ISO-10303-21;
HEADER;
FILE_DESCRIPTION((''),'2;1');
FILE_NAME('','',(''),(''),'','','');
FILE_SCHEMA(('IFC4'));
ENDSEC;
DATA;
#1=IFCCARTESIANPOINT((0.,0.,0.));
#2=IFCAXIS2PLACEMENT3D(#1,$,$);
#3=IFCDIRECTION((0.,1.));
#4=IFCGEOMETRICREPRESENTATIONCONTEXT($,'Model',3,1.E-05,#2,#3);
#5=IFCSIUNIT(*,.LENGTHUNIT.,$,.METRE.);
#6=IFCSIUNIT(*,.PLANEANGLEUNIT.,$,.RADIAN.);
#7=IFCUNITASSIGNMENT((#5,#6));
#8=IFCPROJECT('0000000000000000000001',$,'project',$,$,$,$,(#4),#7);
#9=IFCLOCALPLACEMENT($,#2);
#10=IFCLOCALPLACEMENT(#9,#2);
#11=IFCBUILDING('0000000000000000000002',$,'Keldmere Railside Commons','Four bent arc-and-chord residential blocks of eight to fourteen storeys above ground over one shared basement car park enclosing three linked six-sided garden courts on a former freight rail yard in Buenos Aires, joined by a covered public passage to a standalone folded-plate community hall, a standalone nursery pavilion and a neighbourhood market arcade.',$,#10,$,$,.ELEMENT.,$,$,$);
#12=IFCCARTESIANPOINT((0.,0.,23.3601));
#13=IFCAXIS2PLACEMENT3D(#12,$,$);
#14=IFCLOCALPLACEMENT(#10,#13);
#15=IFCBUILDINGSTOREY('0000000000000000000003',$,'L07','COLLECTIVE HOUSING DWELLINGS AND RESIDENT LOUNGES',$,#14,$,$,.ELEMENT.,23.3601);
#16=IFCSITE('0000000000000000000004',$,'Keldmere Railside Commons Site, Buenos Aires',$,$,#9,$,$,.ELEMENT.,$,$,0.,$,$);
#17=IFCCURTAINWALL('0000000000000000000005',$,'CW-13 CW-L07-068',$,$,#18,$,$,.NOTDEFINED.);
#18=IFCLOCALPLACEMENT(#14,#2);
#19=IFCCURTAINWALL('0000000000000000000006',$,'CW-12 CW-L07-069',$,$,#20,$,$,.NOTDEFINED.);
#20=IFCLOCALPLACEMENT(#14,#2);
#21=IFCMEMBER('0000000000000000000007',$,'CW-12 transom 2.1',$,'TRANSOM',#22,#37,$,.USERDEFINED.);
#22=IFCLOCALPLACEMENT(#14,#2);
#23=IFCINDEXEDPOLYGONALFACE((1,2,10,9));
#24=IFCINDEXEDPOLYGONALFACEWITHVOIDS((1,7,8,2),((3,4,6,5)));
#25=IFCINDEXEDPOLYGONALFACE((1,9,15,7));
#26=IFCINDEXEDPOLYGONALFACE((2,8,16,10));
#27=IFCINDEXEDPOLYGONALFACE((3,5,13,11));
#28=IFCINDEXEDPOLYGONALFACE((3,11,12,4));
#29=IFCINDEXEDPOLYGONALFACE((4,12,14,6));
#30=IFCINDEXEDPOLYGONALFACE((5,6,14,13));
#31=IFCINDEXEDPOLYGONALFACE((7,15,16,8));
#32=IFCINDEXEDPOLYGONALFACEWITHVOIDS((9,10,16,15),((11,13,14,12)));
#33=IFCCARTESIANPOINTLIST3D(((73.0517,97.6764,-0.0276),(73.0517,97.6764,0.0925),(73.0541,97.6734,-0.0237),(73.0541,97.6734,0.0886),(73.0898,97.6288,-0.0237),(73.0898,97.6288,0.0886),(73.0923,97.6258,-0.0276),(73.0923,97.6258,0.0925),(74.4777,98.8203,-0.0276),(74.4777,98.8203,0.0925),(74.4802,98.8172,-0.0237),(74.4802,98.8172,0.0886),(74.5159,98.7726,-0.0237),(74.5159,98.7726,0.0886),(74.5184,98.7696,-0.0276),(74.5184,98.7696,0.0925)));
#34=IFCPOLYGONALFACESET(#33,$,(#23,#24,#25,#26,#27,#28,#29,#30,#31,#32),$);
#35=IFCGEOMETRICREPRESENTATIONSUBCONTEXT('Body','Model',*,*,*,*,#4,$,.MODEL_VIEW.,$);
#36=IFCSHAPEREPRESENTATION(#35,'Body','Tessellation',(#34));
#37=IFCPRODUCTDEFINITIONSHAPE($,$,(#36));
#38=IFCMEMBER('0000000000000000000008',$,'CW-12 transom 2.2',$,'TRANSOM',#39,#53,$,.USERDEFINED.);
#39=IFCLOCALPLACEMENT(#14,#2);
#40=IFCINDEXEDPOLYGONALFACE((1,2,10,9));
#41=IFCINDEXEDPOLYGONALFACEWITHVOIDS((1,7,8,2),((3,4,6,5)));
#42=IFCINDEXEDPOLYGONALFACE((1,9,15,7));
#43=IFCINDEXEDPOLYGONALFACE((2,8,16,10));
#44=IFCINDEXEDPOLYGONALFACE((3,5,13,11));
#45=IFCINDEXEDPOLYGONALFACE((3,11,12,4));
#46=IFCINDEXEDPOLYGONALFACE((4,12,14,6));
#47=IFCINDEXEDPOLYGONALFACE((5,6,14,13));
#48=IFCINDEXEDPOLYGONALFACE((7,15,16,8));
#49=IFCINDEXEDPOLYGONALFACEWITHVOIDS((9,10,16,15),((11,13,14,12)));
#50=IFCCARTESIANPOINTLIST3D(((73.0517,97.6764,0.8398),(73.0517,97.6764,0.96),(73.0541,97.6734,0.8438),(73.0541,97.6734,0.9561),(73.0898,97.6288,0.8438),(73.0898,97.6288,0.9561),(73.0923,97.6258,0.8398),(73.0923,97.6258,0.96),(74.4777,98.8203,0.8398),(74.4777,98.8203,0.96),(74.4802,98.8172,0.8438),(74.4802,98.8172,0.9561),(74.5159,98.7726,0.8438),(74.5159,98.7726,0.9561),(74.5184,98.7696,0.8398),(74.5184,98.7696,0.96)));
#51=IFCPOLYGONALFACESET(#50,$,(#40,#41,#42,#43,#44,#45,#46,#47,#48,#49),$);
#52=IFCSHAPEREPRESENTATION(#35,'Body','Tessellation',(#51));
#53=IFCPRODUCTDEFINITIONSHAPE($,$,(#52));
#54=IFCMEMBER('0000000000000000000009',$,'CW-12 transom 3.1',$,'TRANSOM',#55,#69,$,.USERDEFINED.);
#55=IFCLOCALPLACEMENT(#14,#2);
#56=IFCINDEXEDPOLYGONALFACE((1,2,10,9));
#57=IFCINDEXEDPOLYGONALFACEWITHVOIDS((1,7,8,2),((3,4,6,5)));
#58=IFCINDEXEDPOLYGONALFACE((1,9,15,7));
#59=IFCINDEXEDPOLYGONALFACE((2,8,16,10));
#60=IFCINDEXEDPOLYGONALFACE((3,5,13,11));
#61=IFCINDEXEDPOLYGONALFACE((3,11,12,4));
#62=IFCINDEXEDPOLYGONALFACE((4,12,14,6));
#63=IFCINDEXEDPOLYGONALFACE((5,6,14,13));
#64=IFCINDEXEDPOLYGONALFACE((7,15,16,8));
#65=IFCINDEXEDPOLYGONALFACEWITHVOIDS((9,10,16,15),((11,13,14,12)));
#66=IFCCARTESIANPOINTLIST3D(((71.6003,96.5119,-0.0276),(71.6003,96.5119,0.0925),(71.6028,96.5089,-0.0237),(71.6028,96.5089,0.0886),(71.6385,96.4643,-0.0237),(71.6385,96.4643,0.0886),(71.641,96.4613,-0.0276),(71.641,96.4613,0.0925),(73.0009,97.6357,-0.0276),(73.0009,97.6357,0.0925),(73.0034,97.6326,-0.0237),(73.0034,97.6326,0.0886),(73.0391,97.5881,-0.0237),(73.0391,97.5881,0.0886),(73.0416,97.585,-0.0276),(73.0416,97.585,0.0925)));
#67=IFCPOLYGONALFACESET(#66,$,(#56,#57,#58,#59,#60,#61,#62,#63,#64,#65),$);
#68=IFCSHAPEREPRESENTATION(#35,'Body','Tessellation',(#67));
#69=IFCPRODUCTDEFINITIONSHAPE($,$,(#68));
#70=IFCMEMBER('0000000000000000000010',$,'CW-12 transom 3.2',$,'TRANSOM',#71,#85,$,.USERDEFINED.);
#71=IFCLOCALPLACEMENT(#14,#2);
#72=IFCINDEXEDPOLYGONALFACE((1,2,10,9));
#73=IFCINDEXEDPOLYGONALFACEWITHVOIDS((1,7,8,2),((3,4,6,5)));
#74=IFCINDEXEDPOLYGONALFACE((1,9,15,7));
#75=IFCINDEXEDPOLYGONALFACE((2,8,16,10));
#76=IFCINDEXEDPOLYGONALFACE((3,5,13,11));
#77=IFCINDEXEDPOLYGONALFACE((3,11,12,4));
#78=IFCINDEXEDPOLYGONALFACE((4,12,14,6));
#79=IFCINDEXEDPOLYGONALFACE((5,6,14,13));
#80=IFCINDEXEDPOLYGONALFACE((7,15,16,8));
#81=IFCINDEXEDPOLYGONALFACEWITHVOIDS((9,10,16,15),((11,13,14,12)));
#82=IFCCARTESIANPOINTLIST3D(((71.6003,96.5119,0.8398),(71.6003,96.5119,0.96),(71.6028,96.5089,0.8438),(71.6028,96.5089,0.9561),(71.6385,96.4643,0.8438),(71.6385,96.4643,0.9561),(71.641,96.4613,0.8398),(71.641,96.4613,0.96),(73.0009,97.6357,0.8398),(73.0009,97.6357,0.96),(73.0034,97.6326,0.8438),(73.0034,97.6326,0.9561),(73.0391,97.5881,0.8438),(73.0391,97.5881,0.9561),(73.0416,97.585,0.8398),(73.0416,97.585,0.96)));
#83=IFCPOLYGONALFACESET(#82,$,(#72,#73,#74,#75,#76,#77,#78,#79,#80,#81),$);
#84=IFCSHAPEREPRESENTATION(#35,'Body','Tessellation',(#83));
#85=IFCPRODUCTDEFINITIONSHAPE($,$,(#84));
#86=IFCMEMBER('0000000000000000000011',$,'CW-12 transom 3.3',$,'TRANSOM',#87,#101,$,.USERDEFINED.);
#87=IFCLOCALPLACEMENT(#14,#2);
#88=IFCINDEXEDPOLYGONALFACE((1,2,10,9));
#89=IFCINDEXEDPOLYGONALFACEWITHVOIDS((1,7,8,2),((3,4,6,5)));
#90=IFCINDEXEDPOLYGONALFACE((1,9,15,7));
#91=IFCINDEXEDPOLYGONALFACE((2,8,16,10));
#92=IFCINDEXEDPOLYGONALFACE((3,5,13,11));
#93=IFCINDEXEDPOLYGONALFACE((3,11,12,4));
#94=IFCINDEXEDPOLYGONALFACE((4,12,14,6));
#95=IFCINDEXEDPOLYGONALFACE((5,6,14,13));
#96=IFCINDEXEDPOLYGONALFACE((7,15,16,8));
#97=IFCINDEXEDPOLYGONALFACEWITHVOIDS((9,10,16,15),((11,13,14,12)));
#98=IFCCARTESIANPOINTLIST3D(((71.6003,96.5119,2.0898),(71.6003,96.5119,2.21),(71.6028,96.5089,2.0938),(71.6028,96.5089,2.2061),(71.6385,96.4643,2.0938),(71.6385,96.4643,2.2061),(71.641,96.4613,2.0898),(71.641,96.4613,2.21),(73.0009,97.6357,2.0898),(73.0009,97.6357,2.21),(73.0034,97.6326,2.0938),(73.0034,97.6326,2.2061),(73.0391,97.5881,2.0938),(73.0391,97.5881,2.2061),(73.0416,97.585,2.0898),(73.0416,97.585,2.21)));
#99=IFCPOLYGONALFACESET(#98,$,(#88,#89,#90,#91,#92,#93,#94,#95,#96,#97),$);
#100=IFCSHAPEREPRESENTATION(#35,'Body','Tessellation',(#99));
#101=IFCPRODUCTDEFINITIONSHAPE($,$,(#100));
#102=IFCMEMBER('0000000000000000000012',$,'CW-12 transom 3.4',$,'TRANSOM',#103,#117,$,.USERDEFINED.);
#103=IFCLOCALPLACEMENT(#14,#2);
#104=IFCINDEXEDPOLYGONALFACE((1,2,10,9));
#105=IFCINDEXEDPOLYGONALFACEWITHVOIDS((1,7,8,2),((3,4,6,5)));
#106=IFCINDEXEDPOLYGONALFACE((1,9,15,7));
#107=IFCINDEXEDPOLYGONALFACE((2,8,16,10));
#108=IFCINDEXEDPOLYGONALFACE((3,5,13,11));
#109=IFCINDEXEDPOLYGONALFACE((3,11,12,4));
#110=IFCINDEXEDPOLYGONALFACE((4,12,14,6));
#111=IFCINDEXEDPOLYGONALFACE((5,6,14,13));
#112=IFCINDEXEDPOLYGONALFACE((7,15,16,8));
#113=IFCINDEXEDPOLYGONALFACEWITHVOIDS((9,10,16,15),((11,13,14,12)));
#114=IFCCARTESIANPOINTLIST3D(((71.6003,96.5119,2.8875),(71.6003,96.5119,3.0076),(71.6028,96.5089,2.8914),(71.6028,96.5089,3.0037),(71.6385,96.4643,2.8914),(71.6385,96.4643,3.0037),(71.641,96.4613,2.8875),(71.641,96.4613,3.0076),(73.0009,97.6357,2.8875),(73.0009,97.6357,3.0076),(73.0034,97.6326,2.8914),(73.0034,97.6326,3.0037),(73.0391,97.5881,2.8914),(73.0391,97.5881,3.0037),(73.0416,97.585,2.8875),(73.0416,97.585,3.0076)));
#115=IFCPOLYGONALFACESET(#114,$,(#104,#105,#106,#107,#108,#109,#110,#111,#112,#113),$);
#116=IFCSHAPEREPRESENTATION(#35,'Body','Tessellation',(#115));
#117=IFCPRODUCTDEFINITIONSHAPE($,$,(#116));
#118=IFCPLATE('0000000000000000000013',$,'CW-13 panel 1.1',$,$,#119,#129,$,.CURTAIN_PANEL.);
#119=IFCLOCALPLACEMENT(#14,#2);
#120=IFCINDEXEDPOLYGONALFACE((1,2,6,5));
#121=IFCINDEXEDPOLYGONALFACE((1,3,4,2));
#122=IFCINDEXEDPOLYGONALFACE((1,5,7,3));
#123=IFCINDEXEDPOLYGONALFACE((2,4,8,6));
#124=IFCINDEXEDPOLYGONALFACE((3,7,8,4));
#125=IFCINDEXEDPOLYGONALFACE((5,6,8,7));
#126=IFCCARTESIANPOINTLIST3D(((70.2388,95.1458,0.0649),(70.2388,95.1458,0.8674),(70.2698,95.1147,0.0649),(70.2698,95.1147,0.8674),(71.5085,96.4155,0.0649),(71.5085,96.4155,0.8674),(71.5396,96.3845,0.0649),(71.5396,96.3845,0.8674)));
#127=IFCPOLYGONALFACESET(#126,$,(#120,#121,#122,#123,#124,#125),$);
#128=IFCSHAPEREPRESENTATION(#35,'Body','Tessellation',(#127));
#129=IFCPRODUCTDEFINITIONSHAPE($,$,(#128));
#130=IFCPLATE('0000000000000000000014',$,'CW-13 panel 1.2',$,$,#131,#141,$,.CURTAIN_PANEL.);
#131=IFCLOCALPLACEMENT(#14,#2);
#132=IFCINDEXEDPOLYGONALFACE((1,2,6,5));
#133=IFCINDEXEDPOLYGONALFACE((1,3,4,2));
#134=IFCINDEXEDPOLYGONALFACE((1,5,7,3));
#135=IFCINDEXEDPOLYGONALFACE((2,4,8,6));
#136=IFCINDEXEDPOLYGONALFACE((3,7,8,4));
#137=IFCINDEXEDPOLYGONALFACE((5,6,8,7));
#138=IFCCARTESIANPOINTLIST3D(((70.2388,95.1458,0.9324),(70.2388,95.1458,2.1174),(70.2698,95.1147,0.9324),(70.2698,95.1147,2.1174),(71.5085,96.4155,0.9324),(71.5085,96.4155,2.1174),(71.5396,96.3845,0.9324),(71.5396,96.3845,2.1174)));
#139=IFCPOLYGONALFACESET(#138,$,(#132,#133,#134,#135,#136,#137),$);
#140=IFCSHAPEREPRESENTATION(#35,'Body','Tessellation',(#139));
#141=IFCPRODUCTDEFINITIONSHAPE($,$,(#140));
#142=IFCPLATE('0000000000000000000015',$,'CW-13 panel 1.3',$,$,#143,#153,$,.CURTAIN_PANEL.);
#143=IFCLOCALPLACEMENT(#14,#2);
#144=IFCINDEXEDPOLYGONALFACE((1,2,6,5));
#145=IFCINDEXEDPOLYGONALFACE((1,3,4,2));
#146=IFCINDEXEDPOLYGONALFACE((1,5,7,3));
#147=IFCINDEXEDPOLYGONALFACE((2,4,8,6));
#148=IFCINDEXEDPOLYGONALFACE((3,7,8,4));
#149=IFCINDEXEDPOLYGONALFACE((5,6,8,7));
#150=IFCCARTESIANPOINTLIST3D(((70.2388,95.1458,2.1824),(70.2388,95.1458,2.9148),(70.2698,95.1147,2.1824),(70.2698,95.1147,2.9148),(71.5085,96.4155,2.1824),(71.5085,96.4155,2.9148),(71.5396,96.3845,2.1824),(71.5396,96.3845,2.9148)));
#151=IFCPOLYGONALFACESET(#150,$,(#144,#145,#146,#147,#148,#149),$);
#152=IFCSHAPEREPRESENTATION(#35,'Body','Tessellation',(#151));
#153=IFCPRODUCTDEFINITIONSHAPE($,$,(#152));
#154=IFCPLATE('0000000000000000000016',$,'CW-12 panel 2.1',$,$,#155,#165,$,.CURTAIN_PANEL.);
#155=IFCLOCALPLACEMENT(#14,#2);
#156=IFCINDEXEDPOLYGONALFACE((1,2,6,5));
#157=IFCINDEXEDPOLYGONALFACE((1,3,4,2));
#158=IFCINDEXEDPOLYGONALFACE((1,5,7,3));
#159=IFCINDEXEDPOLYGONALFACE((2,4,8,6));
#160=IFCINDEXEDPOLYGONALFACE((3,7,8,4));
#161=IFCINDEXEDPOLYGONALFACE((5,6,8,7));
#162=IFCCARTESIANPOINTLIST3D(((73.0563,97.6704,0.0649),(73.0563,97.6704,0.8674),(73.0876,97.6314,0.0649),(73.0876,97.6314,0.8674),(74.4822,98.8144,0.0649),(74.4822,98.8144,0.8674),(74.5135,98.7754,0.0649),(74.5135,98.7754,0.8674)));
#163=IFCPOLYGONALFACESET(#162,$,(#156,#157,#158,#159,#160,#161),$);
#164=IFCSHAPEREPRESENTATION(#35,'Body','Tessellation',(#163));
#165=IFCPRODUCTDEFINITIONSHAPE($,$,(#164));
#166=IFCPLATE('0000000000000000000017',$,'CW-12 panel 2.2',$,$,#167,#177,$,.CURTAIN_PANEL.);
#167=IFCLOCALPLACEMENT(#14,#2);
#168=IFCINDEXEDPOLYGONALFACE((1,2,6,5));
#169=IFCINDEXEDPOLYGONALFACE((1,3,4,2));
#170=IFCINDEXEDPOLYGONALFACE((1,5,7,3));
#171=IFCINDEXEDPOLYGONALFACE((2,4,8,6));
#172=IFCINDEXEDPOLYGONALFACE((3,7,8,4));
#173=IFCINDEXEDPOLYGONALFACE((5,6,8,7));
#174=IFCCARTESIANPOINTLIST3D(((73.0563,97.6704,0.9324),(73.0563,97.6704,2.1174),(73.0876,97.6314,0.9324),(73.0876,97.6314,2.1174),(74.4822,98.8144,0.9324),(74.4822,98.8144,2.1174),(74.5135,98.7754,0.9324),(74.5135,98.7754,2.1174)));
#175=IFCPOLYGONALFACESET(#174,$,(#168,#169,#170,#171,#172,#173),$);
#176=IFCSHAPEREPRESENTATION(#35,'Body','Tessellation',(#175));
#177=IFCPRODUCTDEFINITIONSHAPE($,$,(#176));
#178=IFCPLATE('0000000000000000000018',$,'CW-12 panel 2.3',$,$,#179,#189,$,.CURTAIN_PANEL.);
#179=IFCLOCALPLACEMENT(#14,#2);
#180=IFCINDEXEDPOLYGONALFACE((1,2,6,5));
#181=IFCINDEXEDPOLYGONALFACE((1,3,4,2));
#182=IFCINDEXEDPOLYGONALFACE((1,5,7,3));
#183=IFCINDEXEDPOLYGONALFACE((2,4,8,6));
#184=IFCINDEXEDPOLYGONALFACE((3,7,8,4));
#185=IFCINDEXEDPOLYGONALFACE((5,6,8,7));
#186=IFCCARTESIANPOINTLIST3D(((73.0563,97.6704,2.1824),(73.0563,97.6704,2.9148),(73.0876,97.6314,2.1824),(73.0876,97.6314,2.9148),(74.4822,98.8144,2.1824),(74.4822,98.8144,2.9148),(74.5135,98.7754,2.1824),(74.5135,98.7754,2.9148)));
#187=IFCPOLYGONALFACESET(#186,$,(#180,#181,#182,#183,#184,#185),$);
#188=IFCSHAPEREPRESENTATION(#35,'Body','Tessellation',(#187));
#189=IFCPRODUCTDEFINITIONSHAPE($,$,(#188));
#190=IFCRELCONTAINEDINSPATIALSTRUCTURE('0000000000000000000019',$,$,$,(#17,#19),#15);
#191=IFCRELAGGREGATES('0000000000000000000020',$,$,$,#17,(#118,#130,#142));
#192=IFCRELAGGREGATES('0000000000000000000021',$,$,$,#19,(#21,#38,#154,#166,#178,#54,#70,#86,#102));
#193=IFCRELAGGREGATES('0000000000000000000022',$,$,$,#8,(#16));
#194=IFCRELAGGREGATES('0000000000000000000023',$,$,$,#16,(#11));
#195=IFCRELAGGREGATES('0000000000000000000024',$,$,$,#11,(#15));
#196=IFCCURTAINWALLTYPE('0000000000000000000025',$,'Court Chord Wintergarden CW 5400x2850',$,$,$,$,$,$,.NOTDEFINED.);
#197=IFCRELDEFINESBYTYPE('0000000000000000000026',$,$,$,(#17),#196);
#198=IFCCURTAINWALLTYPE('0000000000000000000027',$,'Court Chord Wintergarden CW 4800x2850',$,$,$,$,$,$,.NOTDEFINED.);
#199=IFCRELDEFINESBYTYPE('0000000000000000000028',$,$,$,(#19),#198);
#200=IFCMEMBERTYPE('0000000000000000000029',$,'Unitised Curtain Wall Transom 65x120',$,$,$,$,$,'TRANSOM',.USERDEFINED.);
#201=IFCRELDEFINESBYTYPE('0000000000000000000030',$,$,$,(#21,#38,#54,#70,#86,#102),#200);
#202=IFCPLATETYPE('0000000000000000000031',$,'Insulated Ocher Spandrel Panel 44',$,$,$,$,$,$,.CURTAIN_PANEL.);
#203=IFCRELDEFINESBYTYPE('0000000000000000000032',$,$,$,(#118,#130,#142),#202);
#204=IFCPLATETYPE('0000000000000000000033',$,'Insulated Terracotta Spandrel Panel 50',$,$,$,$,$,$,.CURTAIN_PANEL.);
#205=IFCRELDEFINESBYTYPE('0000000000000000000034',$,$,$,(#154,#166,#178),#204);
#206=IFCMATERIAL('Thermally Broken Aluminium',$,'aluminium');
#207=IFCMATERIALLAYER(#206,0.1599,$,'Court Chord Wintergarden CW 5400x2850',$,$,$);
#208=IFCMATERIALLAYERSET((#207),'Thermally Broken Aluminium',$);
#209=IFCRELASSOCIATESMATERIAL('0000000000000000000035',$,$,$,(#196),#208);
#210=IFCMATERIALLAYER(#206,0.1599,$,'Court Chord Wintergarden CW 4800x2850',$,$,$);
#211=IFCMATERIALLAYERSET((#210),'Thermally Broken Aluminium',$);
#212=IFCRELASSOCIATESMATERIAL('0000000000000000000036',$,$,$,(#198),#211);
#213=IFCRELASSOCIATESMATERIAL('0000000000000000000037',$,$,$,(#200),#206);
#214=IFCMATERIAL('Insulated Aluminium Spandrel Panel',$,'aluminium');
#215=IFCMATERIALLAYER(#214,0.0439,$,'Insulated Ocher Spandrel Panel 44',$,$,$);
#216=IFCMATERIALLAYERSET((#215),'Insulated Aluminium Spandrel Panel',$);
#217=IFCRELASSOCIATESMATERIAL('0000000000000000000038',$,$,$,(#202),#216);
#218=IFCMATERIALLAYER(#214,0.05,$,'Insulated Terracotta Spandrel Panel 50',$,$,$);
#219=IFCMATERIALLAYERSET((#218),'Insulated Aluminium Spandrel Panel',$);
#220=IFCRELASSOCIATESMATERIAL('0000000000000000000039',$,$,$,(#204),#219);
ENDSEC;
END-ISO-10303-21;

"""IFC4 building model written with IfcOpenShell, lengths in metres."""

from ifc_helpers import new_model, si_unit, direction, frame, origin, origin_2d, place, context, subcontext, project, spatial, rectangle, hollow_rectangle, extrude, material, layer, layer_set, material_profile, profile_set, type_object, element, aggregate, save


model = new_model("IFC4")

# Units and contexts
model_context = context("Model", 3, precision=1e-05, world=origin(), true_north=direction((0.0, 1.0)))
body_context = subcontext(model_context, "Body", "Model", "MODEL_VIEW")
ifc_project = project(units=[si_unit("LENGTHUNIT", "METRE"), si_unit("PLANEANGLEUNIT", "RADIAN")], contexts=[model_context])

# Site, building, storey
site_placement = place(None, origin())
site = spatial("IfcSite", under=ifc_project, at=site_placement, Name="Keldmere Railside Commons Site, Buenos Aires", CompositionType="ELEMENT", RefElevation=0.0)
building_placement = place(site_placement, origin())
building = spatial("IfcBuilding", under=site, at=building_placement, Name="Keldmere Railside Commons", Description="Four bent arc-and-chord residential blocks of eight to fourteen storeys above ground over one shared basement car park enclosing three linked six-sided garden courts on a former freight rail yard in Buenos Aires, joined by a covered public passage to a standalone folded-plate community hall, a standalone nursery pavilion and a neighbourhood market arcade.", CompositionType="ELEMENT")
storey_placement = place(building_placement, frame((0.0, 0.0, 23.3601)))
storey = spatial("IfcBuildingStorey", under=building, at=storey_placement, Name="L07", Description="COLLECTIVE HOUSING DWELLINGS AND RESIDENT LOUNGES", CompositionType="ELEMENT", Elevation=23.3601)

# Curtain walls
ifc_material_1 = material(Name="Thermally Broken Aluminium", Category="aluminium")
ifc_layer_1 = layer(ifc_material_1, 0.1599, Name="Court Chord Wintergarden CW 5400x2850")
ifc_layer_set_1 = layer_set([ifc_layer_1], Name="Thermally Broken Aluminium")
curtain_wall_type_1 = type_object("IfcCurtainWallType", Name="Court Chord Wintergarden CW 5400x2850", PredefinedType="NOTDEFINED", material=ifc_layer_set_1)
curtain_wall_1_placement = place(storey_placement, origin())
curtain_wall_1 = element("IfcCurtainWall", 1, at=curtain_wall_1_placement, inside=storey, type_object=curtain_wall_type_1, Name="CW-13 CW-L07-068", PredefinedType="NOTDEFINED")
ifc_layer_2 = layer(ifc_material_1, 0.1599, Name="Court Chord Wintergarden CW 4800x2850")
ifc_layer_set_2 = layer_set([ifc_layer_2], Name="Thermally Broken Aluminium")
curtain_wall_type_2 = type_object("IfcCurtainWallType", Name="Court Chord Wintergarden CW 4800x2850", PredefinedType="NOTDEFINED", material=ifc_layer_set_2)
curtain_wall_2_placement = place(storey_placement, origin())
curtain_wall_2 = element("IfcCurtainWall", 2, at=curtain_wall_2_placement, inside=storey, type_object=curtain_wall_type_2, Name="CW-12 CW-L07-069", PredefinedType="NOTDEFINED")

# Members
ifc_material_profile_1 = material_profile(ifc_material_1, hollow_rectangle(XDim=0.0649, YDim=0.1201, WallThickness=0.0039, at=origin_2d()), Name="ALU-TRAN-65x120")
ifc_profile_set_1 = profile_set([ifc_material_profile_1], Name="Thermally Broken Aluminium")
member_type_1 = type_object("IfcMemberType", Name="Unitised Curtain Wall Transom 65x120", ElementType="TRANSOM", PredefinedType="USERDEFINED", material=ifc_profile_set_1)
member_1_placement = place(storey_placement, frame((74.498, 98.7949, 0.0325), z_axis=(-0.780073, -0.625688, 0.0), x_axis=(0.625688, -0.780073, 0.0)))
member_1 = element("IfcMember", 3, at=member_1_placement, type_object=member_type_1, Name="CW-12 transom 2.1", ObjectType="TRANSOM", PredefinedType="USERDEFINED", context=body_context, shape_type="SweptSolid", body=[
    extrude(hollow_rectangle(XDim=0.0649, YDim=0.1201, WallThickness=0.0039, at=origin_2d()), origin(), (0.0, 0.0, 1.0), 1.8281),
])
member_2_placement = place(storey_placement, frame((74.498, 98.7949, 0.8999), z_axis=(-0.780073, -0.625688, 0.0), x_axis=(0.625688, -0.780073, 0.0)))
member_2 = element("IfcMember", 4, at=member_2_placement, type_object=member_type_1, Name="CW-12 transom 2.2", ObjectType="TRANSOM", PredefinedType="USERDEFINED", context=body_context, shape_type="SweptSolid", body=[
    extrude(hollow_rectangle(XDim=0.0649, YDim=0.1201, WallThickness=0.0039, at=origin_2d()), origin(), (0.0, 0.0, 1.0), 1.8281),
])
member_3_placement = place(storey_placement, frame((73.0212, 97.6104, 0.0325), z_axis=(-0.779979, -0.625805, 0.0), x_axis=(0.625805, -0.779979, 0.0)))
member_3 = element("IfcMember", 5, at=member_3_placement, type_object=member_type_1, Name="CW-12 transom 3.1", ObjectType="TRANSOM", PredefinedType="USERDEFINED", context=body_context, shape_type="SweptSolid", body=[
    extrude(hollow_rectangle(XDim=0.0649, YDim=0.1201, WallThickness=0.0039, at=origin_2d()), origin(), (0.0, 0.0, 1.0), 1.7957),
])
member_4_placement = place(storey_placement, frame((73.0212, 97.6104, 0.8999), z_axis=(-0.779979, -0.625805, 0.0), x_axis=(0.625805, -0.779979, 0.0)))
member_4 = element("IfcMember", 6, at=member_4_placement, type_object=member_type_1, Name="CW-12 transom 3.2", ObjectType="TRANSOM", PredefinedType="USERDEFINED", context=body_context, shape_type="SweptSolid", body=[
    extrude(hollow_rectangle(XDim=0.0649, YDim=0.1201, WallThickness=0.0039, at=origin_2d()), origin(), (0.0, 0.0, 1.0), 1.7957),
])
member_5_placement = place(storey_placement, frame((73.0212, 97.6104, 2.1499), z_axis=(-0.779979, -0.625805, 0.0), x_axis=(0.625805, -0.779979, 0.0)))
member_5 = element("IfcMember", 7, at=member_5_placement, type_object=member_type_1, Name="CW-12 transom 3.3", ObjectType="TRANSOM", PredefinedType="USERDEFINED", context=body_context, shape_type="SweptSolid", body=[
    extrude(hollow_rectangle(XDim=0.0649, YDim=0.1201, WallThickness=0.0039, at=origin_2d()), origin(), (0.0, 0.0, 1.0), 1.7957),
])
member_6_placement = place(storey_placement, frame((73.0212, 97.6104, 2.9475), z_axis=(-0.779979, -0.625805, 0.0), x_axis=(0.625805, -0.779979, 0.0)))
member_6 = element("IfcMember", 8, at=member_6_placement, type_object=member_type_1, Name="CW-12 transom 3.4", ObjectType="TRANSOM", PredefinedType="USERDEFINED", context=body_context, shape_type="SweptSolid", body=[
    extrude(hollow_rectangle(XDim=0.0649, YDim=0.1201, WallThickness=0.0039, at=origin_2d()), origin(), (0.0, 0.0, 1.0), 1.7957),
])

# Plates
ifc_material_2 = material(Name="Insulated Aluminium Spandrel Panel", Category="aluminium")
ifc_layer_3 = layer(ifc_material_2, 0.0439, Name="Insulated Ocher Spandrel Panel 44")
ifc_layer_set_3 = layer_set([ifc_layer_3], Name="Insulated Aluminium Spandrel Panel")
plate_type_1 = type_object("IfcPlateType", Name="Insulated Ocher Spandrel Panel 44", PredefinedType="CURTAIN_PANEL", material=ifc_layer_set_3)
plate_1_placement = place(storey_placement, frame((70.8892, 95.7651, 0.0649), z_axis=(0.0, 0.0, 1.0), x_axis=(-0.707107, -0.707107, 0.0)))
plate_1 = element("IfcPlate", 9, at=plate_1_placement, type_object=plate_type_1, Name="CW-13 panel 1.1", PredefinedType="CURTAIN_PANEL", context=body_context, shape_type="SweptSolid", body=[
    extrude(rectangle(XDim=1.7957, YDim=0.0439, at=origin_2d()), origin(), (0.0, 0.0, 1.0), 0.8025),
])
plate_2_placement = place(storey_placement, frame((70.8892, 95.7651, 0.9324), z_axis=(0.0, 0.0, 1.0), x_axis=(-0.707107, -0.707107, 0.0)))
plate_2 = element("IfcPlate", 10, at=plate_2_placement, type_object=plate_type_1, Name="CW-13 panel 1.2", PredefinedType="CURTAIN_PANEL", context=body_context, shape_type="SweptSolid", body=[
    extrude(rectangle(XDim=1.7957, YDim=0.0439, at=origin_2d()), origin(), (0.0, 0.0, 1.0), 1.1851),
])
plate_3_placement = place(storey_placement, frame((70.8892, 95.7651, 2.1824), z_axis=(0.0, 0.0, 1.0), x_axis=(-0.707107, -0.707107, 0.0)))
plate_3 = element("IfcPlate", 11, at=plate_3_placement, type_object=plate_type_1, Name="CW-13 panel 1.3", PredefinedType="CURTAIN_PANEL", context=body_context, shape_type="SweptSolid", body=[
    extrude(rectangle(XDim=1.7957, YDim=0.0439, at=origin_2d()), origin(), (0.0, 0.0, 1.0), 0.7324),
])
aggregate(curtain_wall_1, [plate_1, plate_2, plate_3])
ifc_layer_4 = layer(ifc_material_2, 0.05, Name="Insulated Terracotta Spandrel Panel 50")
ifc_layer_set_4 = layer_set([ifc_layer_4], Name="Insulated Aluminium Spandrel Panel")
plate_type_2 = type_object("IfcPlateType", Name="Insulated Terracotta Spandrel Panel 50", PredefinedType="CURTAIN_PANEL", material=ifc_layer_set_4)
plate_4_placement = place(storey_placement, frame((73.7849, 98.2229, 0.0649), z_axis=(0.0, 0.0, 1.0), x_axis=(-0.780009, -0.625768, 0.0)))
plate_4 = element("IfcPlate", 12, at=plate_4_placement, type_object=plate_type_2, Name="CW-12 panel 2.1", PredefinedType="CURTAIN_PANEL", context=body_context, shape_type="SweptSolid", body=[
    extrude(rectangle(XDim=1.8281, YDim=0.05, at=origin_2d()), origin(), (0.0, 0.0, 1.0), 0.8025),
])
plate_5_placement = place(storey_placement, frame((73.7849, 98.2229, 0.9324), z_axis=(0.0, 0.0, 1.0), x_axis=(-0.780009, -0.625768, 0.0)))
plate_5 = element("IfcPlate", 13, at=plate_5_placement, type_object=plate_type_2, Name="CW-12 panel 2.2", PredefinedType="CURTAIN_PANEL", context=body_context, shape_type="SweptSolid", body=[
    extrude(rectangle(XDim=1.8281, YDim=0.05, at=origin_2d()), origin(), (0.0, 0.0, 1.0), 1.1851),
])
plate_6_placement = place(storey_placement, frame((73.7849, 98.2229, 2.1824), z_axis=(0.0, 0.0, 1.0), x_axis=(-0.780009, -0.625768, 0.0)))
plate_6 = element("IfcPlate", 14, at=plate_6_placement, type_object=plate_type_2, Name="CW-12 panel 2.3", PredefinedType="CURTAIN_PANEL", context=body_context, shape_type="SweptSolid", body=[
    extrude(rectangle(XDim=1.8281, YDim=0.05, at=origin_2d()), origin(), (0.0, 0.0, 1.0), 0.7324),
])
aggregate(curtain_wall_2, [member_1, member_2, plate_4, plate_5, plate_6, member_3, member_4, member_5, member_6])

save(model, "model.ifc")
